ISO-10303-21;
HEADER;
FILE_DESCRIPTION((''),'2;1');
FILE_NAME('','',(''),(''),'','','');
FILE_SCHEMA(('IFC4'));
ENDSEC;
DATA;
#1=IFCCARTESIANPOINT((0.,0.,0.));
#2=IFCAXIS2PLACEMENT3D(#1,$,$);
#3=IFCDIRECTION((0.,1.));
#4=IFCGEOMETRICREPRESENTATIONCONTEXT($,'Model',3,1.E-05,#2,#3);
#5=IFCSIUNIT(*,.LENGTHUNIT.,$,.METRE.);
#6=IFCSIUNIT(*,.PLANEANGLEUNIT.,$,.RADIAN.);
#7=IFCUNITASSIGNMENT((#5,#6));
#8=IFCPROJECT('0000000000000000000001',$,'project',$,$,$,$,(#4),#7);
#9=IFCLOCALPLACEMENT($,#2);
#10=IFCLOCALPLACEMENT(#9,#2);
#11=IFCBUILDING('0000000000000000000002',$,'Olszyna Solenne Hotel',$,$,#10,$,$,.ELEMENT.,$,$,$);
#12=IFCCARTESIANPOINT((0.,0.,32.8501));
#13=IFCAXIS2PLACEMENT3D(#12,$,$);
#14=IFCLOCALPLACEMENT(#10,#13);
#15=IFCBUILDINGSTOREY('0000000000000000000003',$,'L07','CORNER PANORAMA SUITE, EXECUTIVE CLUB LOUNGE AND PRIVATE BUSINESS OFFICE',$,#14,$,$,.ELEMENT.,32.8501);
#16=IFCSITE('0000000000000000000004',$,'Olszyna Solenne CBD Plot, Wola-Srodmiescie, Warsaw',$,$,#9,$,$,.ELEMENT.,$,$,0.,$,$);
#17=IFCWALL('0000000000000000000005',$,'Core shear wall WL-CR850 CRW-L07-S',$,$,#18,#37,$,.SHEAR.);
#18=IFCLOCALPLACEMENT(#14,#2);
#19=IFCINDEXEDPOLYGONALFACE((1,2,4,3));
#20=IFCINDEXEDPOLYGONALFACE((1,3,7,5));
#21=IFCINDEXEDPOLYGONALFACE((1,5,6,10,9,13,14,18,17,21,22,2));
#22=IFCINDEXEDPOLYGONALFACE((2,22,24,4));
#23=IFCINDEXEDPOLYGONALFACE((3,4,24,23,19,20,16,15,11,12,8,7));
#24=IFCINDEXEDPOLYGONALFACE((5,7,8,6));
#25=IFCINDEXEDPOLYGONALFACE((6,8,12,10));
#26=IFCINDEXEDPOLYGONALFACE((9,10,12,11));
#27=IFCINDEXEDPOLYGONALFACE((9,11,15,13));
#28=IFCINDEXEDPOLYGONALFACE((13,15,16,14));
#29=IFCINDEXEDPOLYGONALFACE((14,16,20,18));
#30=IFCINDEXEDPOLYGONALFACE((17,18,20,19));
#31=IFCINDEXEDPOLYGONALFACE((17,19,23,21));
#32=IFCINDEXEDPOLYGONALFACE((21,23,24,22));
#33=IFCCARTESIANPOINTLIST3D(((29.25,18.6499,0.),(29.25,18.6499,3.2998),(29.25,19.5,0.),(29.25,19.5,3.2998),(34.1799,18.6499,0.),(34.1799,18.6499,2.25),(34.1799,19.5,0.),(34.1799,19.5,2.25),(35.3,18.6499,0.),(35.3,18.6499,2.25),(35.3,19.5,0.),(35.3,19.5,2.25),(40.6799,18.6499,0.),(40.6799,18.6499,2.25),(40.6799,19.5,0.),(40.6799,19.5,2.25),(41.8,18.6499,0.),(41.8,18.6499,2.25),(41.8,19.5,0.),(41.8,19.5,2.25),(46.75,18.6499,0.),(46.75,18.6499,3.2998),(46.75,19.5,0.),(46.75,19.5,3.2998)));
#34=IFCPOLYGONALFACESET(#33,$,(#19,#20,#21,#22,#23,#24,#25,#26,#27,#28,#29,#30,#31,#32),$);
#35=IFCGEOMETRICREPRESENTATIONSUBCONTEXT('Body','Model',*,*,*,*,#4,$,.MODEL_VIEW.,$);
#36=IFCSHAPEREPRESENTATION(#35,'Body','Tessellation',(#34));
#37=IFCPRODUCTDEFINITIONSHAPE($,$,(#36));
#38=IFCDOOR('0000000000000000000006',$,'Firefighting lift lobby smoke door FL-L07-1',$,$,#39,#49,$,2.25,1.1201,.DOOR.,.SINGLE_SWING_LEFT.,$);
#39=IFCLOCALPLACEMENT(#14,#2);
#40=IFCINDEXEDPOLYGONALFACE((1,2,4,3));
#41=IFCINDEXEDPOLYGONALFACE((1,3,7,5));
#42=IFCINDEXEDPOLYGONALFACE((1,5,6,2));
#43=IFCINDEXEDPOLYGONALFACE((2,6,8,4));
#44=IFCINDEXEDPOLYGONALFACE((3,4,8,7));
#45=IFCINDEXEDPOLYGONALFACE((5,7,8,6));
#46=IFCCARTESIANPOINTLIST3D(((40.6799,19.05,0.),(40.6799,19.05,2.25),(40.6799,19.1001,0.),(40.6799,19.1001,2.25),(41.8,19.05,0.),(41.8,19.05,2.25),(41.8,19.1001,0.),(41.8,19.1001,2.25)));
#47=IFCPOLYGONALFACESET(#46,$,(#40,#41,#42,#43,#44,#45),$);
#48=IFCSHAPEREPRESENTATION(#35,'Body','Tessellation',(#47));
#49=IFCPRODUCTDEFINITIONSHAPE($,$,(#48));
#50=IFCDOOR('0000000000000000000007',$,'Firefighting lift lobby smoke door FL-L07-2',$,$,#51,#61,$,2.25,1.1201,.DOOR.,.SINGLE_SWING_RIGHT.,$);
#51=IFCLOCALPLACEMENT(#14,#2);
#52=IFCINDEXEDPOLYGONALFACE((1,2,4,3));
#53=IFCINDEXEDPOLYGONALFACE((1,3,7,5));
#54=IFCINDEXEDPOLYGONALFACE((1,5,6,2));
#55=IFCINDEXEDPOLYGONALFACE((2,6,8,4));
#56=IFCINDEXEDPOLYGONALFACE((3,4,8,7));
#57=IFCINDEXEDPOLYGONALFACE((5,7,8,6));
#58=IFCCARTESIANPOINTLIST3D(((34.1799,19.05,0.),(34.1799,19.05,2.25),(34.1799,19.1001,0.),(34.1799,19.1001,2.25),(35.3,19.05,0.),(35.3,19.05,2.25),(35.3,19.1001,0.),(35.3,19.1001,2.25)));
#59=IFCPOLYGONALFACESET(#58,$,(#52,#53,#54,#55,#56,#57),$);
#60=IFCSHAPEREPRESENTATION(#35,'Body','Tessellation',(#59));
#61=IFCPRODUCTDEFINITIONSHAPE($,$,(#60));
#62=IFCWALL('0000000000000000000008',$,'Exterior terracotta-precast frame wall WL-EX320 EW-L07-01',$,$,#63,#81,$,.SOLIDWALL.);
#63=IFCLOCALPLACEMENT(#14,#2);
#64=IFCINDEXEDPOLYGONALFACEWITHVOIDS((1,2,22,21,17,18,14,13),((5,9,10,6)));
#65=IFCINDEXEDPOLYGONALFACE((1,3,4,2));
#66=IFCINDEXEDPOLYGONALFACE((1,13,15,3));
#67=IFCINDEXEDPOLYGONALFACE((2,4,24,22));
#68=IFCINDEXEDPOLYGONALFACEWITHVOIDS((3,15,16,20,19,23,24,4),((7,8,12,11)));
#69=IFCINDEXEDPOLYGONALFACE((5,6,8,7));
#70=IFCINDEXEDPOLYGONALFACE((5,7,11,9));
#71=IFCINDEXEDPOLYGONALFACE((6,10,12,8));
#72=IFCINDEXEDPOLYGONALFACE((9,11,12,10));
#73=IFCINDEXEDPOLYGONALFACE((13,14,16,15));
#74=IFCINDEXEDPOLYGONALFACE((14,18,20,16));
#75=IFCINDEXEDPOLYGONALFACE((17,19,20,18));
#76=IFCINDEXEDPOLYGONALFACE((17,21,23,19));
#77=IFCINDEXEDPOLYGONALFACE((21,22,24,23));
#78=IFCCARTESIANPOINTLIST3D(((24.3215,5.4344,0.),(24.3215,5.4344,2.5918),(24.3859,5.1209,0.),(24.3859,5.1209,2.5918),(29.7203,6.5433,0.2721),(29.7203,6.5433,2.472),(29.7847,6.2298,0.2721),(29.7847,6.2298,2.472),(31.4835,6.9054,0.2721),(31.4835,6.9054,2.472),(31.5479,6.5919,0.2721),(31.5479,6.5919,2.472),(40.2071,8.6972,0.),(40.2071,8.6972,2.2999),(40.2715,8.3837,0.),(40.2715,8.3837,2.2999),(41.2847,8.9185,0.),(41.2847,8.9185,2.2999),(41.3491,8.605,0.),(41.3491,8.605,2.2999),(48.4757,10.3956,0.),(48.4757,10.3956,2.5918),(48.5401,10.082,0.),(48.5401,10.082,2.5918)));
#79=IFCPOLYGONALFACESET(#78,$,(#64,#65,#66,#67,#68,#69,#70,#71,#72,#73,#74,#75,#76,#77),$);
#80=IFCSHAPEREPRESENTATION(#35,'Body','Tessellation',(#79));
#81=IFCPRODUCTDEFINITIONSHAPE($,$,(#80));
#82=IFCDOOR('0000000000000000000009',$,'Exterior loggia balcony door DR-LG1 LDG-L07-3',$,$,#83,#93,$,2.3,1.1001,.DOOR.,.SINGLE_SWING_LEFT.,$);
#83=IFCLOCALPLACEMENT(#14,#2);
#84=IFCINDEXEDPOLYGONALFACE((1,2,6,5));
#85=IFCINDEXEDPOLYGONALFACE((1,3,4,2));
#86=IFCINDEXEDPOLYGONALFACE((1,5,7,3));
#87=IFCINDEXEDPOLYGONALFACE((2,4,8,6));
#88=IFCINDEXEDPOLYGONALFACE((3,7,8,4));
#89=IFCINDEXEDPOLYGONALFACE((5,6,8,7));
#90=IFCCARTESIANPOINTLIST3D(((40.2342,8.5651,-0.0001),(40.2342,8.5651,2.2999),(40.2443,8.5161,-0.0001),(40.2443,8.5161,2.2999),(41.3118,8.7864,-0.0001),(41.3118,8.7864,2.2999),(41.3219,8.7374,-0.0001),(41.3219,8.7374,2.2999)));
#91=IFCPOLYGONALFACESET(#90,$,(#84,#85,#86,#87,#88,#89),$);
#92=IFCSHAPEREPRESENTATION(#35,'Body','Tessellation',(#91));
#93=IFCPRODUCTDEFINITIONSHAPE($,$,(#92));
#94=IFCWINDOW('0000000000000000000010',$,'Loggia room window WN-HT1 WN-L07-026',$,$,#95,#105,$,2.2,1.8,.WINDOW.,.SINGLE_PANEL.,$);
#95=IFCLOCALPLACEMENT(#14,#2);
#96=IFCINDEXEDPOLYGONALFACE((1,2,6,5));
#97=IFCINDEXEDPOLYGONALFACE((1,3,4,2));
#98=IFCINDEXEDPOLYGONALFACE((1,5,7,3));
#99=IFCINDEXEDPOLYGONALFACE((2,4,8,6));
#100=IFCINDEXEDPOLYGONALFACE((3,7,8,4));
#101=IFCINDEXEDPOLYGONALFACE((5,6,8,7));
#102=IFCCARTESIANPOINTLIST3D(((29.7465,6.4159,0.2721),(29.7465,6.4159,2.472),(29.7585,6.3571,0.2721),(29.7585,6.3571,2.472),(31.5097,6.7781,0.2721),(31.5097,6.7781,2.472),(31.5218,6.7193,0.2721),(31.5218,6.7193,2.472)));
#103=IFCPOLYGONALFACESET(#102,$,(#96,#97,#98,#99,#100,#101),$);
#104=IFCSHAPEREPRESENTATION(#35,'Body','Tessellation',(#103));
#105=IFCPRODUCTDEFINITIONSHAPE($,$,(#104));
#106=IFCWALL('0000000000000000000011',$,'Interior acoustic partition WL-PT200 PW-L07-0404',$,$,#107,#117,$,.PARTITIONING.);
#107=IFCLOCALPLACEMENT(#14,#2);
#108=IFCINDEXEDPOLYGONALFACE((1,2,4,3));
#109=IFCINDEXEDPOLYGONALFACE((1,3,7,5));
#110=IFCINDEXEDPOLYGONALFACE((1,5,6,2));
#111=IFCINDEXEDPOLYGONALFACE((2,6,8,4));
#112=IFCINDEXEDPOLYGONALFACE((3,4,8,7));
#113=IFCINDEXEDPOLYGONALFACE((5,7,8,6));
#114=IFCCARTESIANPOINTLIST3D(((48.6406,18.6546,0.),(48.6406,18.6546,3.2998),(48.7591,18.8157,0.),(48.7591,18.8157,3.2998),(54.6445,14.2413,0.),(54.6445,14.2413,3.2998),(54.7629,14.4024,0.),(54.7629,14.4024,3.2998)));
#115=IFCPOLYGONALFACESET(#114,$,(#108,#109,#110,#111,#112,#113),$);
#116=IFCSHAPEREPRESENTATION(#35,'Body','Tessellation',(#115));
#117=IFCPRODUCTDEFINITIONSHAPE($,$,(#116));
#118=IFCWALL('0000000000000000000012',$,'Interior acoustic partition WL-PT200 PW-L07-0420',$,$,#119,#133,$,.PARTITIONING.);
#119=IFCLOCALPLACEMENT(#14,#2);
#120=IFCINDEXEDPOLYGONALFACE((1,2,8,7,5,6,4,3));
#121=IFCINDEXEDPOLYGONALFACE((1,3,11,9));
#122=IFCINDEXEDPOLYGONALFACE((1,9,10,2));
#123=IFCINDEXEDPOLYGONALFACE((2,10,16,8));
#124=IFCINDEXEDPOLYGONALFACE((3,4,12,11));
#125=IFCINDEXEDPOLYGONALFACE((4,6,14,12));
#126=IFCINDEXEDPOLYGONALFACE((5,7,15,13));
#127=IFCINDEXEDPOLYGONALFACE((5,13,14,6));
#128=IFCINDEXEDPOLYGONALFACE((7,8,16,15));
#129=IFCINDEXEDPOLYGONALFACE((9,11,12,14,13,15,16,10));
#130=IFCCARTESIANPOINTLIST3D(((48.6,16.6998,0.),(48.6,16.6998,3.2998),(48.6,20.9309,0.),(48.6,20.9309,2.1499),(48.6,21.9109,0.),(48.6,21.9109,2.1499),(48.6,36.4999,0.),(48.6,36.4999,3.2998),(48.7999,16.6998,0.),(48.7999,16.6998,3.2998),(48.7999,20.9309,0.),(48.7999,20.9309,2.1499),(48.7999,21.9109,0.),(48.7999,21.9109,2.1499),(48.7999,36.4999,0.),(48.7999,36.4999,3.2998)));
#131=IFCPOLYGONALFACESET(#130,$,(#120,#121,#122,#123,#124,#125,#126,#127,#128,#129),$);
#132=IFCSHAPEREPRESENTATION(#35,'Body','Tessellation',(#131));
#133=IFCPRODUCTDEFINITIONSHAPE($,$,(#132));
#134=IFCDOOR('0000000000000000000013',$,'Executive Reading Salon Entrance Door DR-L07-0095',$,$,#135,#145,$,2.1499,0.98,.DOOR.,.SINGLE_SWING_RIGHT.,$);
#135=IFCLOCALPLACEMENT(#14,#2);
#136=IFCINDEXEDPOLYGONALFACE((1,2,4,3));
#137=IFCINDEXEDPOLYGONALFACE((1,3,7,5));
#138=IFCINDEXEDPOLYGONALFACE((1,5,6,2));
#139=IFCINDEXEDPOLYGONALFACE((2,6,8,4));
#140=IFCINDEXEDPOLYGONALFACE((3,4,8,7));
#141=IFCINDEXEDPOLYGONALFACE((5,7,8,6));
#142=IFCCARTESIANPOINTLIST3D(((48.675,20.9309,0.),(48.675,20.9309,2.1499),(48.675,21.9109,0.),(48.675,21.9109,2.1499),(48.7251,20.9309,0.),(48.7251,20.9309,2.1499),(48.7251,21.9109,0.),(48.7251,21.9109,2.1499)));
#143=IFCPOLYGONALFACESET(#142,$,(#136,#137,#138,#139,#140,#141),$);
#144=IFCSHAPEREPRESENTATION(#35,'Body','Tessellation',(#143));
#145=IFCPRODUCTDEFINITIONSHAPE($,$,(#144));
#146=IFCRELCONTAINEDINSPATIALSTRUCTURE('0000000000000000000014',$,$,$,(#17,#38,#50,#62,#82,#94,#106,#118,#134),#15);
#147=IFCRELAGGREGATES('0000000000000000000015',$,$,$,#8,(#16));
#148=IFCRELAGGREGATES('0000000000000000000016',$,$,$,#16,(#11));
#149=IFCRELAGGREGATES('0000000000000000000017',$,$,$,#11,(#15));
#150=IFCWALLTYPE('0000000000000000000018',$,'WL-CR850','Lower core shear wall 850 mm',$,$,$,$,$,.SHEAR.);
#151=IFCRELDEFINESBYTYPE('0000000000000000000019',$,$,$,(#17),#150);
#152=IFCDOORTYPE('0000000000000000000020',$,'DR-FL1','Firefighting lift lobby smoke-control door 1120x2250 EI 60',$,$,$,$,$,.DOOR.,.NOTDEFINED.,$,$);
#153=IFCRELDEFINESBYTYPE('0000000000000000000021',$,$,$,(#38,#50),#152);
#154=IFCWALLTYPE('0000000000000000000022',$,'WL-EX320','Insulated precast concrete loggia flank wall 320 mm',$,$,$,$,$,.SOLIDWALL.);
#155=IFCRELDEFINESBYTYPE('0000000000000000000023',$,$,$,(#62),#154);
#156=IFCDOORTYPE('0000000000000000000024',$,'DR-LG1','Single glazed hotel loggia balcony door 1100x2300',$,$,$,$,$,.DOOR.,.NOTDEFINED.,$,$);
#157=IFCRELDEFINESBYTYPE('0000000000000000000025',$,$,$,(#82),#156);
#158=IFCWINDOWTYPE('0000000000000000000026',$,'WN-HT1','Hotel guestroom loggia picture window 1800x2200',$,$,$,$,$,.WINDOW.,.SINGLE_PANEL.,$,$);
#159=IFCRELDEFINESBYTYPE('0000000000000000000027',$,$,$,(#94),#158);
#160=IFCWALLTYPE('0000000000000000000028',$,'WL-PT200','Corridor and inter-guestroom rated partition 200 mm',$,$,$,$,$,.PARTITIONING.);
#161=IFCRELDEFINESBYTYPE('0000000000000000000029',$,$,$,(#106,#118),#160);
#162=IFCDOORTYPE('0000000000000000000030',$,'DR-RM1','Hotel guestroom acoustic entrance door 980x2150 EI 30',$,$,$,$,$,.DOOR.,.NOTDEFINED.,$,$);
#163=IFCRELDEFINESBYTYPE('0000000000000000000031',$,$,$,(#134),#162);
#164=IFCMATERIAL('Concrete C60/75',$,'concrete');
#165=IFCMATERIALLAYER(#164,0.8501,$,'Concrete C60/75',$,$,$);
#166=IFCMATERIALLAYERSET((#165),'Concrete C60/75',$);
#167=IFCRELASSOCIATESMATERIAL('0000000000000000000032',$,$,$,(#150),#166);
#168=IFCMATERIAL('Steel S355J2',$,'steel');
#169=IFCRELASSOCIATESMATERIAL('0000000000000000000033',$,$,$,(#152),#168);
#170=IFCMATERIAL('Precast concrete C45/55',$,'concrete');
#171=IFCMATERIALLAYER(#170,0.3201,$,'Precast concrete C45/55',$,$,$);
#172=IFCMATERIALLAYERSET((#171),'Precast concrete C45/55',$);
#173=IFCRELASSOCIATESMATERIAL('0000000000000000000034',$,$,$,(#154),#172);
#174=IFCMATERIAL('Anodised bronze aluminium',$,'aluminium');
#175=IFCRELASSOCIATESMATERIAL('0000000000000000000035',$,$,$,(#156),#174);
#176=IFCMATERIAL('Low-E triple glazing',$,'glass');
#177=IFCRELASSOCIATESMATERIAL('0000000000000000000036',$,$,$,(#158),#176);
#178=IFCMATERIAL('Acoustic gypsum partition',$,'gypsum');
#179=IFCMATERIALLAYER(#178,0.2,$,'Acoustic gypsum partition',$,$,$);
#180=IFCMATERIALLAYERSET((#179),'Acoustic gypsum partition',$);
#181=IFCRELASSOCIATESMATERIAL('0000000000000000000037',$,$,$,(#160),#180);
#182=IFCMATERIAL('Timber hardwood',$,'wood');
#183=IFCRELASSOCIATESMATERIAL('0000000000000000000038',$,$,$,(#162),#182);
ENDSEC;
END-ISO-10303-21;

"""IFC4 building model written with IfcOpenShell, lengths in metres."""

from ifc_helpers import new_model, si_unit, direction, frame, frame_2d, origin, place, context, subcontext, project, spatial, rectangle, extrude, source, transform, mapped, material, layer, layer_set, type_object, type_shapes, element, fill, save


model = new_model("IFC4")

# Units and contexts
model_context = context("Model", 3, precision=1e-05, world=origin(), true_north=direction((0.0, 1.0)))
body_context = subcontext(model_context, "Body", "Model", "MODEL_VIEW")
ifc_project = project(units=[si_unit("LENGTHUNIT", "METRE"), si_unit("PLANEANGLEUNIT", "RADIAN")], contexts=[model_context])

# Site, building, storey
site_placement = place(None, origin())
site = spatial("IfcSite", under=ifc_project, at=site_placement, Name="Olszyna Solenne CBD Plot, Wola-Srodmiescie, Warsaw", CompositionType="ELEMENT", RefElevation=0.0)
building_placement = place(site_placement, origin())
building = spatial("IfcBuilding", under=site, at=building_placement, Name="Olszyna Solenne Hotel", CompositionType="ELEMENT")
storey_placement = place(building_placement, frame((0.0, 0.0, 32.8501)))
storey = spatial("IfcBuildingStorey", under=building, at=storey_placement, Name="L07", Description="CORNER PANORAMA SUITE, EXECUTIVE CLUB LOUNGE AND PRIVATE BUSINESS OFFICE", CompositionType="ELEMENT", Elevation=32.8501)

# Shared definitions
ifc_material_1 = material(Name="Steel S355J2", Category="steel")

# Wall, openings, doors
ifc_material_2 = material(Name="Concrete C60/75", Category="concrete")
ifc_layer_1 = layer(ifc_material_2, 0.8501, Name="Concrete C60/75")
ifc_layer_set_1 = layer_set([ifc_layer_1], Name="Concrete C60/75")
wall_type_1 = type_object("IfcWallType", Name="WL-CR850", Description="Lower core shear wall 850 mm", PredefinedType="SHEAR", material=ifc_layer_set_1)
wall_1_placement = place(storey_placement, frame((46.75, 19.075, 0.0), z_axis=(0.0, 0.0, 1.0), x_axis=(-1.0, 0.0, 0.0)))
wall_1 = element("IfcWall", 1, at=wall_1_placement, inside=storey, type_object=wall_type_1, Name="Core shear wall WL-CR850 CRW-L07-S", PredefinedType="SHEAR", context=body_context, shape_type="SweptSolid", body=[
    extrude(rectangle(XDim=17.5, YDim=0.8501, at=frame_2d((8.75, 0.0))), origin(), (0.0, 0.0, 1.0), 3.2998),
])
opening_1_placement = place(wall_1_placement, frame((4.95, 0.0, 0.0)))
opening_1 = element("IfcOpeningElement", 2, at=opening_1_placement, cuts=wall_1, PredefinedType="OPENING", context=body_context, shape_type="SweptSolid", body=[
    extrude(rectangle(XDim=1.1201, YDim=2.25, at=frame_2d((0.5601, 1.125))), frame((0.0, 0.4351, 0.0), z_axis=(0.0, -1.0, 0.0), x_axis=(1.0, 0.0, 0.0)), (0.0, 0.0, 1.0), 0.8701),
])
opening_2_placement = place(wall_1_placement, frame((11.45, 0.0, 0.0)))
opening_2 = element("IfcOpeningElement", 3, at=opening_2_placement, cuts=wall_1, PredefinedType="OPENING", context=body_context, shape_type="SweptSolid", body=[
    extrude(rectangle(XDim=1.1201, YDim=2.25, at=frame_2d((0.5601, 1.125))), frame((0.0, 0.4351, 0.0), z_axis=(0.0, -1.0, 0.0), x_axis=(1.0, 0.0, 0.0)), (0.0, 0.0, 1.0), 0.8701),
])
door_type_1 = type_object("IfcDoorType", Name="DR-FL1", Description="Firefighting lift lobby smoke-control door 1120x2250 EI 60", OperationType="NOTDEFINED", PredefinedType="DOOR", material=ifc_material_1)
shared_shape_1 = source(origin(), body_context, "Body", "SweptSolid", [
    extrude(rectangle(XDim=1.1201, YDim=2.25, at=frame_2d((0.5601, 1.125))), frame((0.0, 0.0249, 0.0), z_axis=(0.0, -1.0, 0.0), x_axis=(1.0, 0.0, 0.0)), (0.0, 0.0, 1.0), 0.05),
])
type_shapes(door_type_1, [shared_shape_1])
door_1_placement = place(opening_1_placement, origin())
door_1 = element("IfcDoor", 4, at=door_1_placement, inside=storey, type_object=door_type_1, Name="Firefighting lift lobby smoke door FL-L07-1", OperationType="SINGLE_SWING_LEFT", OverallHeight=2.25, OverallWidth=1.1201, PredefinedType="DOOR", context=body_context, shape_type="MappedRepresentation", body=[
    mapped(shared_shape_1, transform((0.0, 0.0, 0.0), x_axis=(1.0, 0.0, 0.0), y_axis=(0.0, 1.0, 0.0), z_axis=(0.0, 0.0, 1.0), scale=1.0)),
])
fill(opening_1, door_1)
door_2_placement = place(opening_2_placement, origin())
door_2 = element("IfcDoor", 5, at=door_2_placement, inside=storey, type_object=door_type_1, Name="Firefighting lift lobby smoke door FL-L07-2", OperationType="SINGLE_SWING_RIGHT", OverallHeight=2.25, OverallWidth=1.1201, PredefinedType="DOOR", context=body_context, shape_type="MappedRepresentation", body=[
    mapped(shared_shape_1, transform((0.0, 0.0, 0.0), x_axis=(1.0, 0.0, 0.0), y_axis=(0.0, 1.0, 0.0), z_axis=(0.0, 0.0, 1.0), scale=1.0)),
])
fill(opening_2, door_2)

# Wall, openings, door, window
ifc_material_3 = material(Name="Precast concrete C45/55", Category="concrete")
ifc_layer_2 = layer(ifc_material_3, 0.3201, Name="Precast concrete C45/55")
ifc_layer_set_2 = layer_set([ifc_layer_2], Name="Precast concrete C45/55")
wall_type_2 = type_object("IfcWallType", Name="WL-EX320", Description="Insulated precast concrete loggia flank wall 320 mm", PredefinedType="SOLIDWALL", material=ifc_layer_set_2)
wall_2_placement = place(storey_placement, frame((48.5078, 10.2388, 0.0), z_axis=(0.0, 0.0, 1.0), x_axis=(-0.979551, -0.201195, 0.0)))
wall_2 = element("IfcWall", 6, at=wall_2_placement, inside=storey, type_object=wall_type_2, Name="Exterior terracotta-precast frame wall WL-EX320 EW-L07-01", PredefinedType="SOLIDWALL", context=body_context, shape_type="SweptSolid", body=[
    extrude(rectangle(XDim=24.6584, YDim=0.3201, at=frame_2d((12.3291, 0.0))), origin(), (0.0, 0.0, 1.0), 2.5918),
])
opening_3_placement = place(wall_2_placement, frame((7.3411, 0.0, 0.0)))
opening_3 = element("IfcOpeningElement", 7, at=opening_3_placement, cuts=wall_2, PredefinedType="OPENING", context=body_context, shape_type="SweptSolid", body=[
    extrude(rectangle(XDim=1.1001, YDim=2.3, at=frame_2d((0.55, 1.1499))), frame((0.0, 0.1699, 0.0), z_axis=(0.0, -1.0, 0.0), x_axis=(1.0, 0.0, 0.0)), (0.0, 0.0, 1.0), 0.3401),
])
opening_4_placement = place(wall_2_placement, frame((17.3469, 0.0, 0.272)))
opening_4 = element("IfcOpeningElement", 8, at=opening_4_placement, cuts=wall_2, PredefinedType="OPENING", context=body_context, shape_type="SweptSolid", body=[
    extrude(rectangle(XDim=1.8, YDim=2.2, at=frame_2d((0.8999, 1.1001))), frame((0.0, 0.1699, 0.0), z_axis=(0.0, -1.0, 0.0), x_axis=(1.0, 0.0, 0.0)), (0.0, 0.0, 1.0), 0.3401),
])
ifc_material_4 = material(Name="Anodised bronze aluminium", Category="aluminium")
door_type_2 = type_object("IfcDoorType", Name="DR-LG1", Description="Single glazed hotel loggia balcony door 1100x2300", OperationType="NOTDEFINED", PredefinedType="DOOR", material=ifc_material_4)
shared_shape_2 = source(origin(), body_context, "Body", "SweptSolid", [
    extrude(rectangle(XDim=1.1001, YDim=2.3, at=frame_2d((0.55, 1.1499))), frame((0.0, 0.0249, 0.0), z_axis=(0.0, -1.0, 0.0), x_axis=(1.0, 0.0, 0.0)), (0.0, 0.0, 1.0), 0.05),
])
type_shapes(door_type_2, [shared_shape_2])
door_3_placement = place(opening_3_placement, origin())
door_3 = element("IfcDoor", 9, at=door_3_placement, inside=storey, type_object=door_type_2, Name="Exterior loggia balcony door DR-LG1 LDG-L07-3", OperationType="SINGLE_SWING_LEFT", OverallHeight=2.3, OverallWidth=1.1001, PredefinedType="DOOR", context=body_context, shape_type="MappedRepresentation", body=[
    mapped(shared_shape_2, transform((0.0, 0.0, 0.0), x_axis=(1.0, 0.0, 0.0), y_axis=(0.0, 1.0, 0.0), z_axis=(0.0, 0.0, 1.0), scale=1.0)),
])
fill(opening_3, door_3)
ifc_material_5 = material(Name="Low-E triple glazing", Category="glass")
window_type = type_object("IfcWindowType", Name="WN-HT1", Description="Hotel guestroom loggia picture window 1800x2200", PartitioningType="SINGLE_PANEL", PredefinedType="WINDOW", material=ifc_material_5)
shared_shape_3 = source(origin(), body_context, "Body", "SweptSolid", [
    extrude(rectangle(XDim=1.8, YDim=2.2, at=frame_2d((0.8999, 1.1001))), frame((0.0, 0.03, 0.0), z_axis=(0.0, -1.0, 0.0), x_axis=(1.0, 0.0, 0.0)), (0.0, 0.0, 1.0), 0.0601),
])
type_shapes(window_type, [shared_shape_3])
window_placement = place(opening_4_placement, origin())
window = element("IfcWindow", 10, at=window_placement, inside=storey, type_object=window_type, Name="Loggia room window WN-HT1 WN-L07-026", OverallHeight=2.2, OverallWidth=1.8, PartitioningType="SINGLE_PANEL", PredefinedType="WINDOW", context=body_context, shape_type="MappedRepresentation", body=[
    mapped(shared_shape_3, transform((0.0, 0.0, 0.0), x_axis=(1.0, 0.0, 0.0), y_axis=(0.0, 1.0, 0.0), z_axis=(0.0, 0.0, 1.0), scale=1.0)),
])
fill(opening_4, window)

# Wall
ifc_material_6 = material(Name="Acoustic gypsum partition", Category="gypsum")
ifc_layer_3 = layer(ifc_material_6, 0.2, Name="Acoustic gypsum partition")
ifc_layer_set_3 = layer_set([ifc_layer_3], Name="Acoustic gypsum partition")
wall_type_3 = type_object("IfcWallType", Name="WL-PT200", Description="Corridor and inter-guestroom rated partition 200 mm", PredefinedType="PARTITIONING", material=ifc_layer_set_3)
wall_3_placement = place(storey_placement, frame((48.7, 18.7351, 0.0), z_axis=(0.0, 0.0, 1.0), x_axis=(0.805735, -0.592277, 0.0)))
element("IfcWall", 11, at=wall_3_placement, inside=storey, type_object=wall_type_3, Name="Interior acoustic partition WL-PT200 PW-L07-0404", PredefinedType="PARTITIONING", context=body_context, shape_type="SweptSolid", body=[
    extrude(rectangle(XDim=7.4514, YDim=0.2, at=frame_2d((3.7256, 0.0))), origin(), (0.0, 0.0, 1.0), 3.2998),
])

# Wall, opening, door
wall_4_placement = place(storey_placement, frame((48.7, 16.7, 0.0), z_axis=(0.0, 0.0, 1.0), x_axis=(0.0, 1.0, 0.0)))
wall_4 = element("IfcWall", 12, at=wall_4_placement, inside=storey, type_object=wall_type_3, Name="Interior acoustic partition WL-PT200 PW-L07-0420", PredefinedType="PARTITIONING", context=body_context, shape_type="SweptSolid", body=[
    extrude(rectangle(XDim=19.8, YDim=0.2, at=frame_2d((9.8999, 0.0))), origin(), (0.0, 0.0, 1.0), 3.2998),
])
opening_5_placement = place(wall_4_placement, frame((4.231, 0.0, 0.0)))
opening_5 = element("IfcOpeningElement", 13, at=opening_5_placement, cuts=wall_4, PredefinedType="OPENING", context=body_context, shape_type="SweptSolid", body=[
    extrude(rectangle(XDim=0.98, YDim=2.1499, at=frame_2d((0.49, 1.075))), frame((0.0, 0.1099, 0.0), z_axis=(0.0, -1.0, 0.0), x_axis=(1.0, 0.0, 0.0)), (0.0, 0.0, 1.0), 0.22),
])
ifc_material_7 = material(Name="Timber hardwood", Category="wood")
door_type_3 = type_object("IfcDoorType", Name="DR-RM1", Description="Hotel guestroom acoustic entrance door 980x2150 EI 30", OperationType="NOTDEFINED", PredefinedType="DOOR", material=ifc_material_7)
shared_shape_4 = source(origin(), body_context, "Body", "SweptSolid", [
    extrude(rectangle(XDim=0.98, YDim=2.1499, at=frame_2d((0.49, 1.075))), frame((0.0, 0.0249, 0.0), z_axis=(0.0, -1.0, 0.0), x_axis=(1.0, 0.0, 0.0)), (0.0, 0.0, 1.0), 0.05),
])
type_shapes(door_type_3, [shared_shape_4])
door_4_placement = place(opening_5_placement, origin())
door_4 = element("IfcDoor", 14, at=door_4_placement, inside=storey, type_object=door_type_3, Name="Executive Reading Salon Entrance Door DR-L07-0095", OperationType="SINGLE_SWING_RIGHT", OverallHeight=2.1499, OverallWidth=0.98, PredefinedType="DOOR", context=body_context, shape_type="MappedRepresentation", body=[
    mapped(shared_shape_4, transform((0.0, 0.0, 0.0), x_axis=(1.0, 0.0, 0.0), y_axis=(0.0, 1.0, 0.0), z_axis=(0.0, 0.0, 1.0), scale=1.0)),
])
fill(opening_5, door_4)

save(model, "model.ifc")
